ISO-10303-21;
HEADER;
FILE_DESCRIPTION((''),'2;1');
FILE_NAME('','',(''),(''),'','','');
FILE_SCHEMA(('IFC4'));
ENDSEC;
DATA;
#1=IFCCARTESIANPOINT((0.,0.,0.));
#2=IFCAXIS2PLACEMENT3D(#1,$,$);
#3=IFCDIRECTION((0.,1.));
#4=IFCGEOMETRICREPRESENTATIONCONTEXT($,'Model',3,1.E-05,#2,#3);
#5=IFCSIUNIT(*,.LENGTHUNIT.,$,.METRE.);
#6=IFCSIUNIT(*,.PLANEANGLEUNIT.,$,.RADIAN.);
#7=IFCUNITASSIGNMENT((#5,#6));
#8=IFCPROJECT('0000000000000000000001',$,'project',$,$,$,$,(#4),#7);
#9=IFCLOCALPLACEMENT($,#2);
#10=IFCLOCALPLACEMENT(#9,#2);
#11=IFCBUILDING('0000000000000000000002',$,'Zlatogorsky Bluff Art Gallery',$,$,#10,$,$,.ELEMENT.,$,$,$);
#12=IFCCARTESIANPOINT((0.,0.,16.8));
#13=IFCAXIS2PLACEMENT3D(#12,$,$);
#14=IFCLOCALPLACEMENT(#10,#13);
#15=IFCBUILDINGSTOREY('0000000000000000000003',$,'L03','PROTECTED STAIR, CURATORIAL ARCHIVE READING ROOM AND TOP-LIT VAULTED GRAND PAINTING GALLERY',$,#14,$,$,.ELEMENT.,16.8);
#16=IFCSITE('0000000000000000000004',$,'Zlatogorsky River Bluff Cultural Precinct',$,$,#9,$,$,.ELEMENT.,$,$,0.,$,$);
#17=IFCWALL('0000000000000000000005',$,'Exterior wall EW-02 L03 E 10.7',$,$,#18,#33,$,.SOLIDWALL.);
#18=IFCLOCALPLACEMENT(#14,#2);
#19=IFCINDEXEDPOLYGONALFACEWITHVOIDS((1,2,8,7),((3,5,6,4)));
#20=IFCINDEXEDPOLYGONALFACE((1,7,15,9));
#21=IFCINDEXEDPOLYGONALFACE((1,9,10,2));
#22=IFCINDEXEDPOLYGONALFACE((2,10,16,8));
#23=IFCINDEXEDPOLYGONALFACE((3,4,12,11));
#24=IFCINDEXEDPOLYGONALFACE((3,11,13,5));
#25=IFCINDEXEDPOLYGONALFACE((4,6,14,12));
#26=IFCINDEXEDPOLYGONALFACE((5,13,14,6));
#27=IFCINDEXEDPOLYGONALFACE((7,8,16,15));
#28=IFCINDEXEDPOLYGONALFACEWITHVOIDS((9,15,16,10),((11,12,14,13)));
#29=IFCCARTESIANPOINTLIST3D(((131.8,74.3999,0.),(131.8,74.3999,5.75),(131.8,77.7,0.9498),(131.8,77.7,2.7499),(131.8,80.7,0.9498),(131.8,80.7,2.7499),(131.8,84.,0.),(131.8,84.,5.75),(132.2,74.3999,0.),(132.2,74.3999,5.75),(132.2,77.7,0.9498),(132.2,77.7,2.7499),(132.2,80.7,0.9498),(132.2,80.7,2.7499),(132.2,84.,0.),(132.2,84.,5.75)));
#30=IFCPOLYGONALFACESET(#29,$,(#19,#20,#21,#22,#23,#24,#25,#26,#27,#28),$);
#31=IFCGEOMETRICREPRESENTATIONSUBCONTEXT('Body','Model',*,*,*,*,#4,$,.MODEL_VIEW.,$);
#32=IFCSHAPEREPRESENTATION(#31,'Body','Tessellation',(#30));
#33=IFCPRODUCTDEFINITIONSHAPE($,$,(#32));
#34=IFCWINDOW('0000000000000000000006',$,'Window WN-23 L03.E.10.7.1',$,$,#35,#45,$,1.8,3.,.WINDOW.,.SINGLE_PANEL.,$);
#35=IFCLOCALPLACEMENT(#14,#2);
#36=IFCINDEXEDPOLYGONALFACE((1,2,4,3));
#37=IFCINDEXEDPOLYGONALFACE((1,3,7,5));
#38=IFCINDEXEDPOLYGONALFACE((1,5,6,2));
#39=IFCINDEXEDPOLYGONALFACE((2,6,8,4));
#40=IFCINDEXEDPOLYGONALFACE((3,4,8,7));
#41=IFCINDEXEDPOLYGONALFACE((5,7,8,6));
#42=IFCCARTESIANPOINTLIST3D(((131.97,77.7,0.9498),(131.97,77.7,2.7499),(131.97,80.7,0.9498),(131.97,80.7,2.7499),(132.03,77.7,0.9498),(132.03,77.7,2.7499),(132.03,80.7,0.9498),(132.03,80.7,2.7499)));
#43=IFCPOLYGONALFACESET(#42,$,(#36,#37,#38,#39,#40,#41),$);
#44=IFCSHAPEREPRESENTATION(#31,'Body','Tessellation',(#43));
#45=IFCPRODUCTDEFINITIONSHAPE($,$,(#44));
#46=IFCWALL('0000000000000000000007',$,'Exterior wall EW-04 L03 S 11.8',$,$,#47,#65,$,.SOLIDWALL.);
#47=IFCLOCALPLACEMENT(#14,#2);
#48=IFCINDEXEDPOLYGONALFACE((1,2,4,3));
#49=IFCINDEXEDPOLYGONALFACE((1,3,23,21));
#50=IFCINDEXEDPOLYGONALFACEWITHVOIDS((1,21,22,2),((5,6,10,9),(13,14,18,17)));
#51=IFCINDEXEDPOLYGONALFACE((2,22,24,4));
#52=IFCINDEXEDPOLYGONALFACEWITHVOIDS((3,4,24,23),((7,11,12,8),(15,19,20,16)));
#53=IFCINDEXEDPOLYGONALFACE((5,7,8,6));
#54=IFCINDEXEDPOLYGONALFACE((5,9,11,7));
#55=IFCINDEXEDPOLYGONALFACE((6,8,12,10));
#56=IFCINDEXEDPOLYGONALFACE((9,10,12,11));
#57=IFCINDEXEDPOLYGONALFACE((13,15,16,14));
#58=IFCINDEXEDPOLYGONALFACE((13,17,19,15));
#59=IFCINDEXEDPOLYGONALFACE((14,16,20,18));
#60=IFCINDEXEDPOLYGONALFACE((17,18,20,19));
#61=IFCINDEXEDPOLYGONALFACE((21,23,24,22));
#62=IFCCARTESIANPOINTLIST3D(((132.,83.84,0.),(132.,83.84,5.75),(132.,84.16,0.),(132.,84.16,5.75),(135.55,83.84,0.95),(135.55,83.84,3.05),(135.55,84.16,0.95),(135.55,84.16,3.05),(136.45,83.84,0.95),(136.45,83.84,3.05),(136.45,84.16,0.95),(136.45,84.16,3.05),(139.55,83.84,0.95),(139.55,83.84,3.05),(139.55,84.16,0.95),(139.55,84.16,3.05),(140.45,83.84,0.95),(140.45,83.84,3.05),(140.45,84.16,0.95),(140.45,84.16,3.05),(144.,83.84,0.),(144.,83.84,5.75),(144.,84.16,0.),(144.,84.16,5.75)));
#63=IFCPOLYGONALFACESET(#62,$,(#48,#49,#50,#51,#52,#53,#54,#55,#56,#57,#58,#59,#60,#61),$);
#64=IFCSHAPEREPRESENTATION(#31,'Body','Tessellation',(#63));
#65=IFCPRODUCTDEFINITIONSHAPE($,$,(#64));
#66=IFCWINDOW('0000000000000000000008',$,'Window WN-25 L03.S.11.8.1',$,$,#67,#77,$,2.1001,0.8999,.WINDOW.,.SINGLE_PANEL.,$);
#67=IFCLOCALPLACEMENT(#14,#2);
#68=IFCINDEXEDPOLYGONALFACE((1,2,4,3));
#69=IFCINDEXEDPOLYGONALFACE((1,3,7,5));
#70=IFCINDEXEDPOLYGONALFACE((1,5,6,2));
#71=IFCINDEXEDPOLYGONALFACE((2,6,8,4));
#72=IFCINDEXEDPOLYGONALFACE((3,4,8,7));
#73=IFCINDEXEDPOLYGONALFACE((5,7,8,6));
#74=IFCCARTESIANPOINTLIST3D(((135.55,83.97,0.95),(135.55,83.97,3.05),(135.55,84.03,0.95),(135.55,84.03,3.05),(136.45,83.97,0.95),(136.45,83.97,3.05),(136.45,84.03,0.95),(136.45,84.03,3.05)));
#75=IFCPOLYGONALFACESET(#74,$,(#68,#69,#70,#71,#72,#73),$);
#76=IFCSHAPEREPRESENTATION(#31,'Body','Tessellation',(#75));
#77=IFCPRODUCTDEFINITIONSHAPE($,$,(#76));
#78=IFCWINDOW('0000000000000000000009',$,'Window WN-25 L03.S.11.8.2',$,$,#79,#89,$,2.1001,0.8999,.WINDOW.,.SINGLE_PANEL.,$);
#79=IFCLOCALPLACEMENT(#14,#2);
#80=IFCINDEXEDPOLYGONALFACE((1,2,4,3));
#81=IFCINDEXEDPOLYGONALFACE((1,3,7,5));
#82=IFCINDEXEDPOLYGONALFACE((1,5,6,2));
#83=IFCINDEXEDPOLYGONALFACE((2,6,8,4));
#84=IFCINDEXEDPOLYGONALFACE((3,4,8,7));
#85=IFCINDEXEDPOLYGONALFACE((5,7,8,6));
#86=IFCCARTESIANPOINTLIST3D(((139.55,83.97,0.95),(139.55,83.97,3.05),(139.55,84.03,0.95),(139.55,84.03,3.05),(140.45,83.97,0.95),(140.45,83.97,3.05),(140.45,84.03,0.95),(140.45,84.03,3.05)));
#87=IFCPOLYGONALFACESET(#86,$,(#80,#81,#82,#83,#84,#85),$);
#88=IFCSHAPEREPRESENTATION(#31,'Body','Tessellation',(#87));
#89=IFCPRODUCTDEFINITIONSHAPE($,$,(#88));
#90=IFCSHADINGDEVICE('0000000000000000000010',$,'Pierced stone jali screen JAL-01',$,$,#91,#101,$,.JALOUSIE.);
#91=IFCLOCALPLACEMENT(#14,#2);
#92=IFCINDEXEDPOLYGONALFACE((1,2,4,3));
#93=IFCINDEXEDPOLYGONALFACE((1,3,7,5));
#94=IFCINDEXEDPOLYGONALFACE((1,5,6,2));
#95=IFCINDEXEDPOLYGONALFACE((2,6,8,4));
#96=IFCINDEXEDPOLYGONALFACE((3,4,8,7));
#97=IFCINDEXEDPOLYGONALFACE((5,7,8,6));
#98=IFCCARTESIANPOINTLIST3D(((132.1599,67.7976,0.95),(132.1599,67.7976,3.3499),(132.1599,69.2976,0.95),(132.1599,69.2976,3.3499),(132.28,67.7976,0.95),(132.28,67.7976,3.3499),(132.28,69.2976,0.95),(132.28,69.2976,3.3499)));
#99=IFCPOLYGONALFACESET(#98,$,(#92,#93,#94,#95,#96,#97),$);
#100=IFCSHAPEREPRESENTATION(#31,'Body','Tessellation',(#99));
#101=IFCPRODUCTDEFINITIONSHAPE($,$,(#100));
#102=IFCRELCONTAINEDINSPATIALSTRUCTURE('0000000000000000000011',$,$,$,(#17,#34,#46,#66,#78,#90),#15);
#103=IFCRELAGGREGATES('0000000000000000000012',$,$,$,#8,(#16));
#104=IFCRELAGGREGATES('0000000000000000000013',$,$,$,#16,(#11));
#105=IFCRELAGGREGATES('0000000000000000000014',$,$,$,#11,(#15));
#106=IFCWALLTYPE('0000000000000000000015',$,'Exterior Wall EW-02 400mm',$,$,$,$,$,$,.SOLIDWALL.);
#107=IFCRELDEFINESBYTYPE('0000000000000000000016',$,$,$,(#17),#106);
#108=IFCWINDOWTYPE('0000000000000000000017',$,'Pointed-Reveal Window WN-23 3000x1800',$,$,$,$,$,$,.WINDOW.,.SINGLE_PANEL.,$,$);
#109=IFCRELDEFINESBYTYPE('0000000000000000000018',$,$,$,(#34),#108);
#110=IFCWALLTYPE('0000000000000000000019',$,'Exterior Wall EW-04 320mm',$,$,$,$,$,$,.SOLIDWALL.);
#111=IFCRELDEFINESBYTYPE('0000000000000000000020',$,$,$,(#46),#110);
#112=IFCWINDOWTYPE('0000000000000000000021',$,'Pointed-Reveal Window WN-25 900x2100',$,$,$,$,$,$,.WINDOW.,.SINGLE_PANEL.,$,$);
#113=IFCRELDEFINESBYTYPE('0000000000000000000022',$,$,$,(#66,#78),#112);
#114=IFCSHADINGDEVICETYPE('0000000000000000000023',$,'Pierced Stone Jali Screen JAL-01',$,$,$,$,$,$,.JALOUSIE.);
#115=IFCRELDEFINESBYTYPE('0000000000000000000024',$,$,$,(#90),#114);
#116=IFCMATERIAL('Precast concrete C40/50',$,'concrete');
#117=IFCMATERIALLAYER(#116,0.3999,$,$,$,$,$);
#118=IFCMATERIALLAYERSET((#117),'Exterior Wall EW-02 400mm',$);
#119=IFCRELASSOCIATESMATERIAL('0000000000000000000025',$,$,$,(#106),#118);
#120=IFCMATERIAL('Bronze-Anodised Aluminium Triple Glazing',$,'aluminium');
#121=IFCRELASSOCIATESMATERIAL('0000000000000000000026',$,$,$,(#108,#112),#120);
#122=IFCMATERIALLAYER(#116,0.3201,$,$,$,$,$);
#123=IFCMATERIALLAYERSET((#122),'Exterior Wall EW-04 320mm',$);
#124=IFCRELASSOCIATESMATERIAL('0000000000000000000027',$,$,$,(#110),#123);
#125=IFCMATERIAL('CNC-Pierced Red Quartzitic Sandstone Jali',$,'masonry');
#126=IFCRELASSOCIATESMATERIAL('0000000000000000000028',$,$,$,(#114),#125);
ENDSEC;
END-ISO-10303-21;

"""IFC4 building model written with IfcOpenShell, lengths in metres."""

from ifc_helpers import new_model, si_unit, direction, frame, frame_2d, origin, origin_2d, place, context, subcontext, project, spatial, rectangle, extrude, material, layer, layer_set, type_object, element, fill, save


model = new_model("IFC4")

# Units and contexts
model_context = context("Model", 3, precision=1e-05, world=origin(), true_north=direction((0.0, 1.0)))
body_context = subcontext(model_context, "Body", "Model", "MODEL_VIEW")
ifc_project = project(units=[si_unit("LENGTHUNIT", "METRE"), si_unit("PLANEANGLEUNIT", "RADIAN")], contexts=[model_context])

# Site, building, storey
site_placement = place(None, origin())
site = spatial("IfcSite", under=ifc_project, at=site_placement, Name="Zlatogorsky River Bluff Cultural Precinct", CompositionType="ELEMENT", RefElevation=0.0)
building_placement = place(site_placement, origin())
building = spatial("IfcBuilding", under=site, at=building_placement, Name="Zlatogorsky Bluff Art Gallery", CompositionType="ELEMENT")
storey_placement = place(building_placement, frame((0.0, 0.0, 16.8)))
storey = spatial("IfcBuildingStorey", under=building, at=storey_placement, Name="L03", Description="PROTECTED STAIR, CURATORIAL ARCHIVE READING ROOM AND TOP-LIT VAULTED GRAND PAINTING GALLERY", CompositionType="ELEMENT", Elevation=16.8)

# Wall, opening, window
ifc_material_1 = material(Name="Precast concrete C40/50", Category="concrete")
ifc_layer_1 = layer(ifc_material_1, 0.3999)
ifc_layer_set_1 = layer_set([ifc_layer_1], Name="Exterior Wall EW-02 400mm")
wall_type_1 = type_object("IfcWallType", Name="Exterior Wall EW-02 400mm", PredefinedType="SOLIDWALL", material=ifc_layer_set_1)
wall_1_placement = place(storey_placement, frame((132.0, 74.3999, 0.0), z_axis=(0.0, 0.0, 1.0), x_axis=(0.0, 1.0, 0.0)))
wall_1 = element("IfcWall", 1, at=wall_1_placement, inside=storey, type_object=wall_type_1, Name="Exterior wall EW-02 L03 E 10.7", PredefinedType="SOLIDWALL", context=body_context, shape_type="SweptSolid", body=[
    extrude(rectangle(XDim=9.6001, YDim=0.3999, at=frame_2d((4.8, 0.0))), origin(), (0.0, 0.0, 1.0), 5.75),
])
opening_1_placement = place(wall_1_placement, frame((3.3, 0.0, 0.95)))
opening_1 = element("IfcOpeningElement", 2, at=opening_1_placement, cuts=wall_1, PredefinedType="OPENING", context=body_context, shape_type="SweptSolid", body=[
    extrude(rectangle(XDim=3.0, YDim=1.8, at=frame_2d((1.5, 0.8999))), frame((0.0, 0.21, 0.0), z_axis=(0.0, -1.0, 0.0), x_axis=(1.0, 0.0, 0.0)), (0.0, 0.0, 1.0), 0.4199),
])
ifc_material_2 = material(Name="Bronze-Anodised Aluminium Triple Glazing", Category="aluminium")
window_type_1 = type_object("IfcWindowType", Name="Pointed-Reveal Window WN-23 3000x1800", PartitioningType="SINGLE_PANEL", PredefinedType="WINDOW", material=ifc_material_2)
window_1_placement = place(opening_1_placement, origin())
window_1 = element("IfcWindow", 3, at=window_1_placement, inside=storey, type_object=window_type_1, Name="Window WN-23 L03.E.10.7.1", OverallHeight=1.8, OverallWidth=3.0, PartitioningType="SINGLE_PANEL", PredefinedType="WINDOW", context=body_context, shape_type="SweptSolid", body=[
    extrude(rectangle(XDim=3.0, YDim=1.8, at=frame_2d((1.5, 0.8999))), frame((0.0, 0.03, 0.0), z_axis=(0.0, -1.0, 0.0), x_axis=(1.0, 0.0, 0.0)), (0.0, 0.0, 1.0), 0.0601),
])
fill(opening_1, window_1)

# Wall, openings, windows
ifc_layer_2 = layer(ifc_material_1, 0.3201)
ifc_layer_set_2 = layer_set([ifc_layer_2], Name="Exterior Wall EW-04 320mm")
wall_type_2 = type_object("IfcWallType", Name="Exterior Wall EW-04 320mm", PredefinedType="SOLIDWALL", material=ifc_layer_set_2)
wall_2_placement = place(storey_placement, frame((132.0, 84.0, 0.0), z_axis=(0.0, 0.0, 1.0), x_axis=(1.0, 0.0, 0.0)))
wall_2 = element("IfcWall", 4, at=wall_2_placement, inside=storey, type_object=wall_type_2, Name="Exterior wall EW-04 L03 S 11.8", PredefinedType="SOLIDWALL", context=body_context, shape_type="SweptSolid", body=[
    extrude(rectangle(XDim=12.0, YDim=0.3201, at=frame_2d((6.0, 0.0))), origin(), (0.0, 0.0, 1.0), 5.75),
])
opening_2_placement = place(wall_2_placement, frame((3.55, 0.0, 0.95)))
opening_2 = element("IfcOpeningElement", 5, at=opening_2_placement, cuts=wall_2, PredefinedType="OPENING", context=body_context, shape_type="SweptSolid", body=[
    extrude(rectangle(XDim=0.8999, YDim=2.1001, at=frame_2d((0.45, 1.05))), frame((0.0, 0.1699, 0.0), z_axis=(0.0, -1.0, 0.0), x_axis=(1.0, 0.0, 0.0)), (0.0, 0.0, 1.0), 0.3401),
])
opening_3_placement = place(wall_2_placement, frame((7.55, 0.0, 0.95)))
opening_3 = element("IfcOpeningElement", 6, at=opening_3_placement, cuts=wall_2, PredefinedType="OPENING", context=body_context, shape_type="SweptSolid", body=[
    extrude(rectangle(XDim=0.8999, YDim=2.1001, at=frame_2d((0.45, 1.05))), frame((0.0, 0.1699, 0.0), z_axis=(0.0, -1.0, 0.0), x_axis=(1.0, 0.0, 0.0)), (0.0, 0.0, 1.0), 0.3401),
])
window_type_2 = type_object("IfcWindowType", Name="Pointed-Reveal Window WN-25 900x2100", PartitioningType="SINGLE_PANEL", PredefinedType="WINDOW", material=ifc_material_2)
window_2_placement = place(opening_2_placement, origin())
window_2 = element("IfcWindow", 7, at=window_2_placement, inside=storey, type_object=window_type_2, Name="Window WN-25 L03.S.11.8.1", OverallHeight=2.1001, OverallWidth=0.8999, PartitioningType="SINGLE_PANEL", PredefinedType="WINDOW", context=body_context, shape_type="SweptSolid", body=[
    extrude(rectangle(XDim=0.8999, YDim=2.1001, at=frame_2d((0.45, 1.05))), frame((0.0, 0.03, 0.0), z_axis=(0.0, -1.0, 0.0), x_axis=(1.0, 0.0, 0.0)), (0.0, 0.0, 1.0), 0.0601),
])
fill(opening_2, window_2)
window_3_placement = place(opening_3_placement, origin())
window_3 = element("IfcWindow", 8, at=window_3_placement, inside=storey, type_object=window_type_2, Name="Window WN-25 L03.S.11.8.2", OverallHeight=2.1001, OverallWidth=0.8999, PartitioningType="SINGLE_PANEL", PredefinedType="WINDOW", context=body_context, shape_type="SweptSolid", body=[
    extrude(rectangle(XDim=0.8999, YDim=2.1001, at=frame_2d((0.45, 1.05))), frame((0.0, 0.03, 0.0), z_axis=(0.0, -1.0, 0.0), x_axis=(1.0, 0.0, 0.0)), (0.0, 0.0, 1.0), 0.0601),
])
fill(opening_3, window_3)

# Shading device
ifc_material_3 = material(Name="CNC-Pierced Red Quartzitic Sandstone Jali", Category="masonry")
shading_device_type = type_object("IfcShadingDeviceType", Name="Pierced Stone Jali Screen JAL-01", PredefinedType="JALOUSIE", material=ifc_material_3)
shading_device_placement = place(storey_placement, frame((132.22, 68.5476, 0.95), z_axis=(0.0, 0.0, 1.0), x_axis=(1.0, 0.0, 0.0)))
element("IfcShadingDevice", 9, at=shading_device_placement, inside=storey, type_object=shading_device_type, Name="Pierced stone jali screen JAL-01", PredefinedType="JALOUSIE", context=body_context, shape_type="SweptSolid", body=[
    extrude(rectangle(XDim=0.1201, YDim=1.5, at=origin_2d()), origin(), (0.0, 0.0, 1.0), 2.3999),
])

save(model, "model.ifc")
